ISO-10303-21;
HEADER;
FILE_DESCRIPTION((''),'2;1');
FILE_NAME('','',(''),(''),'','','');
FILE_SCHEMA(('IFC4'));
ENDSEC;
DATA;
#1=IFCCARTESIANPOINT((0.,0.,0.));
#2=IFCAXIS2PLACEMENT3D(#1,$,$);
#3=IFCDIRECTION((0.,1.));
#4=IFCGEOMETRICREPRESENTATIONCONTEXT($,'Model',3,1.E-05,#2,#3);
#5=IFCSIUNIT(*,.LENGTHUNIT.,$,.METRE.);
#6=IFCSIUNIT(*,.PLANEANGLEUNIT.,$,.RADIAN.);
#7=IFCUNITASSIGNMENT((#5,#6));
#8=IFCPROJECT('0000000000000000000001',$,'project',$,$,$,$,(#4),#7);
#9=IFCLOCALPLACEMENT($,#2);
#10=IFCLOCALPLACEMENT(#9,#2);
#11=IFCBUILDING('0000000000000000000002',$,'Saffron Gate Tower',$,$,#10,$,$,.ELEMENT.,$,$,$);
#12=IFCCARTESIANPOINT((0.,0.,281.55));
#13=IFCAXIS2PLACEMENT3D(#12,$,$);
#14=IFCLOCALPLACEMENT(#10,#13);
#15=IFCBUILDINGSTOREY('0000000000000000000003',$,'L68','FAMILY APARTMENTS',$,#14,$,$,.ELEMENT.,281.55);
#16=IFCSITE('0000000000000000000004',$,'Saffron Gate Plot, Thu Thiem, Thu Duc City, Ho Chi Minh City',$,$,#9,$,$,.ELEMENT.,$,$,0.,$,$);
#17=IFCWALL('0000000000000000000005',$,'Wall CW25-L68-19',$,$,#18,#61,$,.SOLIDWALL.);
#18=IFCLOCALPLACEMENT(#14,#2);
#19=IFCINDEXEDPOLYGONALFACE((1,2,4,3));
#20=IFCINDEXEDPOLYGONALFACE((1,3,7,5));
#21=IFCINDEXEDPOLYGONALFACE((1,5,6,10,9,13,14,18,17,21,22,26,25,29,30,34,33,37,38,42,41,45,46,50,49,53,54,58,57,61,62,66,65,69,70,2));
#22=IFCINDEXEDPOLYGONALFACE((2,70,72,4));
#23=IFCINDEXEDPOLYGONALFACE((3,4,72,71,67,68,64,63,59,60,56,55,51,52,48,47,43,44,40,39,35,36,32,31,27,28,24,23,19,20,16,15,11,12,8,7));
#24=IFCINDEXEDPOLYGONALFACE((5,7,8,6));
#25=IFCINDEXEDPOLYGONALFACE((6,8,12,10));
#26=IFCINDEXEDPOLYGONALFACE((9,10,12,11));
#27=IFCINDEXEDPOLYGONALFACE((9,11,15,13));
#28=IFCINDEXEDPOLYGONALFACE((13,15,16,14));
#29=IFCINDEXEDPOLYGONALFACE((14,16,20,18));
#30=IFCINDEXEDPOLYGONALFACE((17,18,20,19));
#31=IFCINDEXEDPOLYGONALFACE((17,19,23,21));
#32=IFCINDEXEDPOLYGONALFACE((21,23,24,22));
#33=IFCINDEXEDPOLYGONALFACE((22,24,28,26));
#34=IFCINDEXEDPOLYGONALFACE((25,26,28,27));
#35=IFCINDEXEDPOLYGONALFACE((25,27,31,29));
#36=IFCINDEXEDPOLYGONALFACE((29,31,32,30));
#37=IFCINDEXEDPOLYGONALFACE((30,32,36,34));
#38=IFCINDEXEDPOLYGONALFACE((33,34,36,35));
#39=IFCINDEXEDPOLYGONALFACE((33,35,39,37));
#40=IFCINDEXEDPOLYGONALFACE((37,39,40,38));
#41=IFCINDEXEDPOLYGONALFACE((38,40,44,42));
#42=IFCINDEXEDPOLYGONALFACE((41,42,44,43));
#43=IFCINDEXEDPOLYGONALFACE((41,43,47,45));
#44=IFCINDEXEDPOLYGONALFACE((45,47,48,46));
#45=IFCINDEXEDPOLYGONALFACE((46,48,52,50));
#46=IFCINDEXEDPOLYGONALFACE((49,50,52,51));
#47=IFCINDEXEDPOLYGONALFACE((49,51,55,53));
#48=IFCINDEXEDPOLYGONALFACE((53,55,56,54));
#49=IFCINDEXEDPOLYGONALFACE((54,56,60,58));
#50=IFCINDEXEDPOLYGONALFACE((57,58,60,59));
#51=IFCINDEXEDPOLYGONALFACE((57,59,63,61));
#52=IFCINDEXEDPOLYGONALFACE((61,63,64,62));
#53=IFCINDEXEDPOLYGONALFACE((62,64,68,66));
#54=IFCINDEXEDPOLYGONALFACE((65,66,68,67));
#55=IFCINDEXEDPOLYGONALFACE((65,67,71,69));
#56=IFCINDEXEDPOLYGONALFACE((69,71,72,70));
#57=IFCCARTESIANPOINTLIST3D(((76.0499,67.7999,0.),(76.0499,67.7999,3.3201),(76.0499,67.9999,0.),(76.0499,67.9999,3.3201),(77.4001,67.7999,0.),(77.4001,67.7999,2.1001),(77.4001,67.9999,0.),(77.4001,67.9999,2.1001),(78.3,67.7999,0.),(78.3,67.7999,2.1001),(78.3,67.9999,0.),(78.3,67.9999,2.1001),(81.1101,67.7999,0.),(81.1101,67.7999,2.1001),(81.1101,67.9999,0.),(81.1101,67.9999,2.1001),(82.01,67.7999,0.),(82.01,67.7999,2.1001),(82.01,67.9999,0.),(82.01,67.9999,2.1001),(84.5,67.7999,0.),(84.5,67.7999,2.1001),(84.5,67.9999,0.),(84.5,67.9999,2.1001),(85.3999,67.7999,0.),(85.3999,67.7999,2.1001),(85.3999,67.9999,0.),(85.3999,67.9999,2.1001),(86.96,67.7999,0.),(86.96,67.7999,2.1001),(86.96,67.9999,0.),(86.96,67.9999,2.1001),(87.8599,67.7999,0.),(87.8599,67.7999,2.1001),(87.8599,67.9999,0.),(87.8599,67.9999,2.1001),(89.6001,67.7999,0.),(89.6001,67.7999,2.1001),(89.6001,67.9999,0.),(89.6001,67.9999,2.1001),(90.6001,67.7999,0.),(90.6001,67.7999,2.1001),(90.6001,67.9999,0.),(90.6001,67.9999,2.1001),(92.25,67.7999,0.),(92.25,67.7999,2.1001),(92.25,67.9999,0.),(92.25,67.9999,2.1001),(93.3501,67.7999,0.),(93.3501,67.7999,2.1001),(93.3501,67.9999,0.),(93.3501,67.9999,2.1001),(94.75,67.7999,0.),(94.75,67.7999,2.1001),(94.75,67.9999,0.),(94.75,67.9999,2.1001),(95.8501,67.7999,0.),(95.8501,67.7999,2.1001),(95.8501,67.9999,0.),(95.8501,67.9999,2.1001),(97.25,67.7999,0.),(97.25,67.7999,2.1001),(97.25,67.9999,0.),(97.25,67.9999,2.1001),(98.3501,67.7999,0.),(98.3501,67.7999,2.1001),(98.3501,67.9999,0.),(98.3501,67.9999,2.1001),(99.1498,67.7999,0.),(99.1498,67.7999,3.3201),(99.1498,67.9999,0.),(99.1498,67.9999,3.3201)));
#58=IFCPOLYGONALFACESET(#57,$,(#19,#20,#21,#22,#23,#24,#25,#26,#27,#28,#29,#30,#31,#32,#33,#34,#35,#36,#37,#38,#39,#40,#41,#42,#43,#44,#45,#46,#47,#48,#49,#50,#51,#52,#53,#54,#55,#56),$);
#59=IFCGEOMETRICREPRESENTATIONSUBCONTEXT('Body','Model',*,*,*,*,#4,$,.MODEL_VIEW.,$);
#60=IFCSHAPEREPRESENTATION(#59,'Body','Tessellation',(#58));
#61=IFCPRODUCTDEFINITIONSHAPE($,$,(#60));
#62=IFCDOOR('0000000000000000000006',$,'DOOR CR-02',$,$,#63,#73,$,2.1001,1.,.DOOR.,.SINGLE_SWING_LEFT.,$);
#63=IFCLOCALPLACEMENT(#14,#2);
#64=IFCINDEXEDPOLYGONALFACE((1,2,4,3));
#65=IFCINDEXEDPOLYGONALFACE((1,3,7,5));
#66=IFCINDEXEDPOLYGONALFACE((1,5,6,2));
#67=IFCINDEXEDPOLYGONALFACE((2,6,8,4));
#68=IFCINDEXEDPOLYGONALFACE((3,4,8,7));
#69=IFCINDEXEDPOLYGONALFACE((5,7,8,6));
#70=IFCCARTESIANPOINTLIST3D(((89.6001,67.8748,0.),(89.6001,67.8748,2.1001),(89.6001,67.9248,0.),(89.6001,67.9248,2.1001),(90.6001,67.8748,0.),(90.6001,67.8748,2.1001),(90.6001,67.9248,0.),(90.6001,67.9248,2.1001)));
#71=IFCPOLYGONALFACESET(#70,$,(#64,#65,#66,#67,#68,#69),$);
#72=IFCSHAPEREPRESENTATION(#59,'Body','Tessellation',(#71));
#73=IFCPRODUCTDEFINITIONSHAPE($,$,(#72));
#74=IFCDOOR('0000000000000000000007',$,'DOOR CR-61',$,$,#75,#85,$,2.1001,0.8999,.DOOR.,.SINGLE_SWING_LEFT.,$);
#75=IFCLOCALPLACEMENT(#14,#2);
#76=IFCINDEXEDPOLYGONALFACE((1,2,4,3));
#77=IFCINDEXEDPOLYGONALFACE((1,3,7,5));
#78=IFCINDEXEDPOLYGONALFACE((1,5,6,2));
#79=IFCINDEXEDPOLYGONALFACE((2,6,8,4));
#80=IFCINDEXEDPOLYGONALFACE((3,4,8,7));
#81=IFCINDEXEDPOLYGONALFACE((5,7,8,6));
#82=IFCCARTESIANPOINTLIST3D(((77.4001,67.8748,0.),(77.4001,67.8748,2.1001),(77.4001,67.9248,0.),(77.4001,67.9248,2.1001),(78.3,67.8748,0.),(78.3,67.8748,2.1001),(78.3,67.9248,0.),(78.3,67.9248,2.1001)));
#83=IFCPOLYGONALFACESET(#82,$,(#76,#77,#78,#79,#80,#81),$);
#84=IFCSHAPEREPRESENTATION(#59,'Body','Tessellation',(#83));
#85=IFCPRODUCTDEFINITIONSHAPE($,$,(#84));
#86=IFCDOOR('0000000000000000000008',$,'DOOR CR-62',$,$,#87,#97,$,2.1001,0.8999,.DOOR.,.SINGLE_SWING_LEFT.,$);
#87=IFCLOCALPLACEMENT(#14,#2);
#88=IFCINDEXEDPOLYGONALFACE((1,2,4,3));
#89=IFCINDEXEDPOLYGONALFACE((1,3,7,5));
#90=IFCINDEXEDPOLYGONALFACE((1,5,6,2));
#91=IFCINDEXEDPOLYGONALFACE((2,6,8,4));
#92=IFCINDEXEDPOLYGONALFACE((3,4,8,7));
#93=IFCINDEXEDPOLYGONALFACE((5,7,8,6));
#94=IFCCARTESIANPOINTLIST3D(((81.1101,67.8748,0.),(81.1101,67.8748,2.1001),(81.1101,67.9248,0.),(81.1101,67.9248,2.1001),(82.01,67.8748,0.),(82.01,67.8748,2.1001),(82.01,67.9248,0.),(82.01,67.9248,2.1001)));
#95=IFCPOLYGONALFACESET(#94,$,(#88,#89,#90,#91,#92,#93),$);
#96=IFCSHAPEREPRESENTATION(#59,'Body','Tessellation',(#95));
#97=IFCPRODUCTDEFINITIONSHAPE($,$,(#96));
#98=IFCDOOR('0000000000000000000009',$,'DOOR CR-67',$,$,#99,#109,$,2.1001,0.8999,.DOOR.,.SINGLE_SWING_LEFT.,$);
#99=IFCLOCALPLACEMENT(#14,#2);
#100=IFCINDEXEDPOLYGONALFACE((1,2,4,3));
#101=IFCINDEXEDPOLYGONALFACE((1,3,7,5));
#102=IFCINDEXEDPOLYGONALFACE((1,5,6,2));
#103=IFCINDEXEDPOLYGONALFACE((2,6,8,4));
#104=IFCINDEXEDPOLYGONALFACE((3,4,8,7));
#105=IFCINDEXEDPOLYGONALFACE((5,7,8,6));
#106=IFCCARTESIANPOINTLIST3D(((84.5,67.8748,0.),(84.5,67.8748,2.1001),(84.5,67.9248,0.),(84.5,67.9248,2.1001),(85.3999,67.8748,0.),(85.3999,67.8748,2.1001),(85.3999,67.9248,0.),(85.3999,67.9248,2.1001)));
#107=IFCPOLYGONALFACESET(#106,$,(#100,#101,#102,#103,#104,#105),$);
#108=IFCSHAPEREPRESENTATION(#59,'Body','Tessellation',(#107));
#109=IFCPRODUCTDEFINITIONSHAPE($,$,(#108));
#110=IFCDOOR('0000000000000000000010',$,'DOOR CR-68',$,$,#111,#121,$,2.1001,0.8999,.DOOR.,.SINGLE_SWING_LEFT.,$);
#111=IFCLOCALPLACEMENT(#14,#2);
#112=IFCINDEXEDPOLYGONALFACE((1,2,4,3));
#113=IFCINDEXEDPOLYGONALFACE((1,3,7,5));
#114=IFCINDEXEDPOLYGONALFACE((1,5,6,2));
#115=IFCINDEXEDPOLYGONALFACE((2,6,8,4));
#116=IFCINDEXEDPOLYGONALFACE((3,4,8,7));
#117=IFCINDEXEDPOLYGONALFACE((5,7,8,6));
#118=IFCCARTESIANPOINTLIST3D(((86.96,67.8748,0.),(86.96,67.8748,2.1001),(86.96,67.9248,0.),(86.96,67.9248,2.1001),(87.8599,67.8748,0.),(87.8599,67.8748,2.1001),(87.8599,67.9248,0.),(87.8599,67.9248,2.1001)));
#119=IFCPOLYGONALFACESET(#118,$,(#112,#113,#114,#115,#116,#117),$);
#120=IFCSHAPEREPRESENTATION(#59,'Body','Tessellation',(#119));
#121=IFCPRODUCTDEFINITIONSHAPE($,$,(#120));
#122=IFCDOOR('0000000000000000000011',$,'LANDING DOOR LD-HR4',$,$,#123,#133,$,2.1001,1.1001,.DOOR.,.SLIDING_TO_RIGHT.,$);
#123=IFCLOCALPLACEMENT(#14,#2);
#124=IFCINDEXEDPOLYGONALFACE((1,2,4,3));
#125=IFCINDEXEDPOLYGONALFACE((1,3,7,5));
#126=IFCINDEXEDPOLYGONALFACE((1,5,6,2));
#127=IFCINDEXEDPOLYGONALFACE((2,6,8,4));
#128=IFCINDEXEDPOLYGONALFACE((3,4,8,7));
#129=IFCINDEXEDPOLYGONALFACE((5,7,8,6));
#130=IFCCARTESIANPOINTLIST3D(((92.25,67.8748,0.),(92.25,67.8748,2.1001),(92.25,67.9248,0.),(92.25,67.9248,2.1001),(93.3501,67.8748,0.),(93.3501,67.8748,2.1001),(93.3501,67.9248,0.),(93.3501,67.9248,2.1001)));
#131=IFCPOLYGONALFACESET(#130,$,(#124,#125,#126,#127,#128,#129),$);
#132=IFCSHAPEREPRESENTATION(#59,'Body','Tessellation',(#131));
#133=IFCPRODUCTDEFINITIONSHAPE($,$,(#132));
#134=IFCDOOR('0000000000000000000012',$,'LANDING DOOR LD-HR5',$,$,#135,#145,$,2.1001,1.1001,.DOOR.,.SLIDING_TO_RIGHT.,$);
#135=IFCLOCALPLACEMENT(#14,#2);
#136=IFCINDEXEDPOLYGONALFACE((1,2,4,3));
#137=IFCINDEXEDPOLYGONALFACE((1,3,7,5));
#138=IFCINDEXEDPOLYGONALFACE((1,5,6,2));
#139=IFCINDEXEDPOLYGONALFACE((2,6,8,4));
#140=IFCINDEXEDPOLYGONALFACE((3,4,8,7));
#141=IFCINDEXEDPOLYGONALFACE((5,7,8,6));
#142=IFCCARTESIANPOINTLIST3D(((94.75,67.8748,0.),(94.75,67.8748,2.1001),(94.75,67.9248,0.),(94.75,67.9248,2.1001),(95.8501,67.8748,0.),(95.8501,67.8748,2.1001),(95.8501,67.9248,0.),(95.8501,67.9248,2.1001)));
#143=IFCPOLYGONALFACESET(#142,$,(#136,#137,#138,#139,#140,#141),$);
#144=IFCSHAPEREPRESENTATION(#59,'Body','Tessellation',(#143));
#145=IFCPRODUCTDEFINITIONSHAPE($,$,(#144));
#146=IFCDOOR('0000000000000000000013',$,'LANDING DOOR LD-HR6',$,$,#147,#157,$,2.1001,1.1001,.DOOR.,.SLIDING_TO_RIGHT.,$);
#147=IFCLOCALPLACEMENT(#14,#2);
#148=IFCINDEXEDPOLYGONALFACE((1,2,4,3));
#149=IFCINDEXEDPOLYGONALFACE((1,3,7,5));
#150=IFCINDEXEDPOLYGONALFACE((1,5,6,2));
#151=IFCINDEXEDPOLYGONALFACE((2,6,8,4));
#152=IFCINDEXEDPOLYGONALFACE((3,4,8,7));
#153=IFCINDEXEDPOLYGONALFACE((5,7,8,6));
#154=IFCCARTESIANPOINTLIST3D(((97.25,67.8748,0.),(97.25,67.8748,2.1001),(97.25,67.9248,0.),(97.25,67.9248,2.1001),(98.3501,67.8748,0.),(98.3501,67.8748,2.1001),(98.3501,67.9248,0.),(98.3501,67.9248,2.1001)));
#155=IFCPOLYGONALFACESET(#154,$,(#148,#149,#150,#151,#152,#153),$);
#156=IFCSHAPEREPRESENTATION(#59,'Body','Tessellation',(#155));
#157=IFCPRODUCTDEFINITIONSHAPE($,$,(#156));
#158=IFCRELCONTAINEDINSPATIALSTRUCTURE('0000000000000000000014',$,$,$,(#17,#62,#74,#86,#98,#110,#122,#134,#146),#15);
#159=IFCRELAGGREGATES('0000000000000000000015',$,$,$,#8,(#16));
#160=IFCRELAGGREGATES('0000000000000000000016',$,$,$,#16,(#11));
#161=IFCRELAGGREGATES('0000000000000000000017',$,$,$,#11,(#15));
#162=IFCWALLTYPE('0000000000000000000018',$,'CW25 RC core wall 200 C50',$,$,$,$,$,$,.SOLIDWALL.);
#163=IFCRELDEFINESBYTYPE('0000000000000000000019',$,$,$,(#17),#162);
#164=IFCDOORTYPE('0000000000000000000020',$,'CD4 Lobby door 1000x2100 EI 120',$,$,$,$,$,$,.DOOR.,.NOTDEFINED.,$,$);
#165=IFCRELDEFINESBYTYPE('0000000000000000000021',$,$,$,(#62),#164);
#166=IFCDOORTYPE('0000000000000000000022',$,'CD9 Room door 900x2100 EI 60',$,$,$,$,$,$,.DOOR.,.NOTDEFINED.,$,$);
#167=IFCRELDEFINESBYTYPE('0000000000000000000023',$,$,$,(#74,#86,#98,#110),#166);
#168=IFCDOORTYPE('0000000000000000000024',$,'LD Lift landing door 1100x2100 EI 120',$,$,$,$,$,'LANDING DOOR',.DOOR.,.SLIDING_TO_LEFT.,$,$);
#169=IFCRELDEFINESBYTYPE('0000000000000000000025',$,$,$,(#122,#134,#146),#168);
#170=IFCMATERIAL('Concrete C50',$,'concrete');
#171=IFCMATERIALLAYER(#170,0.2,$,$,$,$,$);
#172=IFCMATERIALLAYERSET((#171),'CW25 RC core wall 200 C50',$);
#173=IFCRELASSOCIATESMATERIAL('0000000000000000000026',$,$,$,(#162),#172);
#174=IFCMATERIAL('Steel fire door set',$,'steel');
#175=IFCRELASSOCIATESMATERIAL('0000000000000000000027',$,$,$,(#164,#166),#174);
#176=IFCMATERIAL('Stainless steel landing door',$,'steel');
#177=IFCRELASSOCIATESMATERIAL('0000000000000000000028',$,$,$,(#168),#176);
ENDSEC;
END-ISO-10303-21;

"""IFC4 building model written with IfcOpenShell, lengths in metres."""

from ifc_helpers import new_model, si_unit, direction, frame, frame_2d, origin, place, context, subcontext, project, spatial, rectangle, extrude, material, layer, layer_set, type_object, element, fill, save


model = new_model("IFC4")

# Units and contexts
model_context = context("Model", 3, precision=1e-05, world=origin(), true_north=direction((0.0, 1.0)))
body_context = subcontext(model_context, "Body", "Model", "MODEL_VIEW")
ifc_project = project(units=[si_unit("LENGTHUNIT", "METRE"), si_unit("PLANEANGLEUNIT", "RADIAN")], contexts=[model_context])

# Site, building, storey
site_placement = place(None, origin())
site = spatial("IfcSite", under=ifc_project, at=site_placement, Name="Saffron Gate Plot, Thu Thiem, Thu Duc City, Ho Chi Minh City", CompositionType="ELEMENT", RefElevation=0.0)
building_placement = place(site_placement, origin())
building = spatial("IfcBuilding", under=site, at=building_placement, Name="Saffron Gate Tower", CompositionType="ELEMENT")
storey_placement = place(building_placement, frame((0.0, 0.0, 281.55)))
storey = spatial("IfcBuildingStorey", under=building, at=storey_placement, Name="L68", Description="FAMILY APARTMENTS", CompositionType="ELEMENT", Elevation=281.55)

# Shared definitions
ifc_material_1 = material(Name="Concrete C50", Category="concrete")

# Wall, openings, doors
ifc_layer_1 = layer(ifc_material_1, 0.2)
ifc_layer_set_1 = layer_set([ifc_layer_1], Name="CW25 RC core wall 200 C50")
wall_type_1 = type_object("IfcWallType", Name="CW25 RC core wall 200 C50", PredefinedType="SOLIDWALL", material=ifc_layer_set_1)
wall_1_placement = place(storey_placement, frame((76.05, 67.8999, 0.0), z_axis=(0.0, 0.0, 1.0), x_axis=(1.0, 0.0, 0.0)))
wall_1 = element("IfcWall", 1, at=wall_1_placement, inside=storey, type_object=wall_type_1, Name="Wall CW25-L68-19", PredefinedType="SOLIDWALL", context=body_context, shape_type="SweptSolid", body=[
    extrude(rectangle(XDim=23.0999, YDim=0.2, at=frame_2d((11.5498, 0.0))), origin(), (0.0, 0.0, 1.0), 3.3201),
])
opening_1_placement = place(wall_1_placement, frame((1.3501, 0.0, 0.0)))
opening_1 = element("IfcOpeningElement", 2, at=opening_1_placement, cuts=wall_1, PredefinedType="OPENING", context=body_context, shape_type="SweptSolid", body=[
    extrude(rectangle(XDim=0.8999, YDim=2.1001, at=frame_2d((0.45, 1.05))), frame((0.0, 0.1099, 0.0), z_axis=(0.0, -1.0, 0.0), x_axis=(1.0, 0.0, 0.0)), (0.0, 0.0, 1.0), 0.22),
])
opening_2_placement = place(wall_1_placement, frame((5.0601, 0.0, 0.0)))
opening_2 = element("IfcOpeningElement", 3, at=opening_2_placement, cuts=wall_1, PredefinedType="OPENING", context=body_context, shape_type="SweptSolid", body=[
    extrude(rectangle(XDim=0.8999, YDim=2.1001, at=frame_2d((0.45, 1.05))), frame((0.0, 0.1099, 0.0), z_axis=(0.0, -1.0, 0.0), x_axis=(1.0, 0.0, 0.0)), (0.0, 0.0, 1.0), 0.22),
])
opening_3_placement = place(wall_1_placement, frame((8.45, 0.0, 0.0)))
opening_3 = element("IfcOpeningElement", 4, at=opening_3_placement, cuts=wall_1, PredefinedType="OPENING", context=body_context, shape_type="SweptSolid", body=[
    extrude(rectangle(XDim=0.8999, YDim=2.1001, at=frame_2d((0.45, 1.05))), frame((0.0, 0.1099, 0.0), z_axis=(0.0, -1.0, 0.0), x_axis=(1.0, 0.0, 0.0)), (0.0, 0.0, 1.0), 0.22),
])
opening_4_placement = place(wall_1_placement, frame((10.9099, 0.0, 0.0)))
opening_4 = element("IfcOpeningElement", 5, at=opening_4_placement, cuts=wall_1, PredefinedType="OPENING", context=body_context, shape_type="SweptSolid", body=[
    extrude(rectangle(XDim=0.8999, YDim=2.1001, at=frame_2d((0.45, 1.05))), frame((0.0, 0.1099, 0.0), z_axis=(0.0, -1.0, 0.0), x_axis=(1.0, 0.0, 0.0)), (0.0, 0.0, 1.0), 0.22),
])
opening_5_placement = place(wall_1_placement, frame((13.55, 0.0, 0.0)))
opening_5 = element("IfcOpeningElement", 6, at=opening_5_placement, cuts=wall_1, PredefinedType="OPENING", context=body_context, shape_type="SweptSolid", body=[
    extrude(rectangle(XDim=1.0, YDim=2.1001, at=frame_2d((0.5, 1.05))), frame((0.0, 0.1099, 0.0), z_axis=(0.0, -1.0, 0.0), x_axis=(1.0, 0.0, 0.0)), (0.0, 0.0, 1.0), 0.22),
])
opening_6_placement = place(wall_1_placement, frame((16.2, 0.0, 0.0)))
opening_6 = element("IfcOpeningElement", 7, at=opening_6_placement, cuts=wall_1, PredefinedType="OPENING", context=body_context, shape_type="SweptSolid", body=[
    extrude(rectangle(XDim=1.1001, YDim=2.1001, at=frame_2d((0.55, 1.05))), frame((0.0, 0.1099, 0.0), z_axis=(0.0, -1.0, 0.0), x_axis=(1.0, 0.0, 0.0)), (0.0, 0.0, 1.0), 0.22),
])
opening_7_placement = place(wall_1_placement, frame((18.7, 0.0, 0.0)))
opening_7 = element("IfcOpeningElement", 8, at=opening_7_placement, cuts=wall_1, PredefinedType="OPENING", context=body_context, shape_type="SweptSolid", body=[
    extrude(rectangle(XDim=1.1001, YDim=2.1001, at=frame_2d((0.55, 1.05))), frame((0.0, 0.1099, 0.0), z_axis=(0.0, -1.0, 0.0), x_axis=(1.0, 0.0, 0.0)), (0.0, 0.0, 1.0), 0.22),
])
opening_8_placement = place(wall_1_placement, frame((21.2, 0.0, 0.0)))
opening_8 = element("IfcOpeningElement", 9, at=opening_8_placement, cuts=wall_1, PredefinedType="OPENING", context=body_context, shape_type="SweptSolid", body=[
    extrude(rectangle(XDim=1.1001, YDim=2.1001, at=frame_2d((0.55, 1.05))), frame((0.0, 0.1099, 0.0), z_axis=(0.0, -1.0, 0.0), x_axis=(1.0, 0.0, 0.0)), (0.0, 0.0, 1.0), 0.22),
])
ifc_material_2 = material(Name="Steel fire door set", Category="steel")
door_type_1 = type_object("IfcDoorType", Name="CD4 Lobby door 1000x2100 EI 120", OperationType="NOTDEFINED", PredefinedType="DOOR", material=ifc_material_2)
door_1_placement = place(opening_5_placement, origin())
door_1 = element("IfcDoor", 10, at=door_1_placement, inside=storey, type_object=door_type_1, Name="DOOR CR-02", OperationType="SINGLE_SWING_LEFT", OverallHeight=2.1001, OverallWidth=1.0, PredefinedType="DOOR", context=body_context, shape_type="SweptSolid", body=[
    extrude(rectangle(XDim=1.0, YDim=2.1001, at=frame_2d((0.5, 1.05))), frame((0.0, 0.0249, 0.0), z_axis=(0.0, -1.0, 0.0), x_axis=(1.0, 0.0, 0.0)), (0.0, 0.0, 1.0), 0.05),
])
fill(opening_5, door_1)
door_type_2 = type_object("IfcDoorType", Name="CD9 Room door 900x2100 EI 60", OperationType="NOTDEFINED", PredefinedType="DOOR", material=ifc_material_2)
door_2_placement = place(opening_1_placement, origin())
door_2 = element("IfcDoor", 11, at=door_2_placement, inside=storey, type_object=door_type_2, Name="DOOR CR-61", OperationType="SINGLE_SWING_LEFT", OverallHeight=2.1001, OverallWidth=0.8999, PredefinedType="DOOR", context=body_context, shape_type="SweptSolid", body=[
    extrude(rectangle(XDim=0.8999, YDim=2.1001, at=frame_2d((0.45, 1.05))), frame((0.0, 0.0249, 0.0), z_axis=(0.0, -1.0, 0.0), x_axis=(1.0, 0.0, 0.0)), (0.0, 0.0, 1.0), 0.05),
])
fill(opening_1, door_2)
door_3_placement = place(opening_2_placement, origin())
door_3 = element("IfcDoor", 12, at=door_3_placement, inside=storey, type_object=door_type_2, Name="DOOR CR-62", OperationType="SINGLE_SWING_LEFT", OverallHeight=2.1001, OverallWidth=0.8999, PredefinedType="DOOR", context=body_context, shape_type="SweptSolid", body=[
    extrude(rectangle(XDim=0.8999, YDim=2.1001, at=frame_2d((0.45, 1.05))), frame((0.0, 0.0249, 0.0), z_axis=(0.0, -1.0, 0.0), x_axis=(1.0, 0.0, 0.0)), (0.0, 0.0, 1.0), 0.05),
])
fill(opening_2, door_3)
door_4_placement = place(opening_3_placement, origin())
door_4 = element("IfcDoor", 13, at=door_4_placement, inside=storey, type_object=door_type_2, Name="DOOR CR-67", OperationType="SINGLE_SWING_LEFT", OverallHeight=2.1001, OverallWidth=0.8999, PredefinedType="DOOR", context=body_context, shape_type="SweptSolid", body=[
    extrude(rectangle(XDim=0.8999, YDim=2.1001, at=frame_2d((0.45, 1.05))), frame((0.0, 0.0249, 0.0), z_axis=(0.0, -1.0, 0.0), x_axis=(1.0, 0.0, 0.0)), (0.0, 0.0, 1.0), 0.05),
])
fill(opening_3, door_4)
door_5_placement = place(opening_4_placement, origin())
door_5 = element("IfcDoor", 14, at=door_5_placement, inside=storey, type_object=door_type_2, Name="DOOR CR-68", OperationType="SINGLE_SWING_LEFT", OverallHeight=2.1001, OverallWidth=0.8999, PredefinedType="DOOR", context=body_context, shape_type="SweptSolid", body=[
    extrude(rectangle(XDim=0.8999, YDim=2.1001, at=frame_2d((0.45, 1.05))), frame((0.0, 0.0249, 0.0), z_axis=(0.0, -1.0, 0.0), x_axis=(1.0, 0.0, 0.0)), (0.0, 0.0, 1.0), 0.05),
])
fill(opening_4, door_5)
ifc_material_3 = material(Name="Stainless steel landing door", Category="steel")
door_type_3 = type_object("IfcDoorType", Name="LD Lift landing door 1100x2100 EI 120", ElementType="LANDING DOOR", OperationType="SLIDING_TO_LEFT", PredefinedType="DOOR", material=ifc_material_3)
door_6_placement = place(opening_6_placement, origin())
door_6 = element("IfcDoor", 15, at=door_6_placement, inside=storey, type_object=door_type_3, Name="LANDING DOOR LD-HR4", OperationType="SLIDING_TO_RIGHT", OverallHeight=2.1001, OverallWidth=1.1001, PredefinedType="DOOR", context=body_context, shape_type="SweptSolid", body=[
    extrude(rectangle(XDim=1.1001, YDim=2.1001, at=frame_2d((0.55, 1.05))), frame((0.0, 0.0249, 0.0), z_axis=(0.0, -1.0, 0.0), x_axis=(1.0, 0.0, 0.0)), (0.0, 0.0, 1.0), 0.05),
])
fill(opening_6, door_6)
door_7_placement = place(opening_7_placement, origin())
door_7 = element("IfcDoor", 16, at=door_7_placement, inside=storey, type_object=door_type_3, Name="LANDING DOOR LD-HR5", OperationType="SLIDING_TO_RIGHT", OverallHeight=2.1001, OverallWidth=1.1001, PredefinedType="DOOR", context=body_context, shape_type="SweptSolid", body=[
    extrude(rectangle(XDim=1.1001, YDim=2.1001, at=frame_2d((0.55, 1.05))), frame((0.0, 0.0249, 0.0), z_axis=(0.0, -1.0, 0.0), x_axis=(1.0, 0.0, 0.0)), (0.0, 0.0, 1.0), 0.05),
])
fill(opening_7, door_7)
door_8_placement = place(opening_8_placement, origin())
door_8 = element("IfcDoor", 17, at=door_8_placement, inside=storey, type_object=door_type_3, Name="LANDING DOOR LD-HR6", OperationType="SLIDING_TO_RIGHT", OverallHeight=2.1001, OverallWidth=1.1001, PredefinedType="DOOR", context=body_context, shape_type="SweptSolid", body=[
    extrude(rectangle(XDim=1.1001, YDim=2.1001, at=frame_2d((0.55, 1.05))), frame((0.0, 0.0249, 0.0), z_axis=(0.0, -1.0, 0.0), x_axis=(1.0, 0.0, 0.0)), (0.0, 0.0, 1.0), 0.05),
])
fill(opening_8, door_8)

save(model, "model.ifc")
